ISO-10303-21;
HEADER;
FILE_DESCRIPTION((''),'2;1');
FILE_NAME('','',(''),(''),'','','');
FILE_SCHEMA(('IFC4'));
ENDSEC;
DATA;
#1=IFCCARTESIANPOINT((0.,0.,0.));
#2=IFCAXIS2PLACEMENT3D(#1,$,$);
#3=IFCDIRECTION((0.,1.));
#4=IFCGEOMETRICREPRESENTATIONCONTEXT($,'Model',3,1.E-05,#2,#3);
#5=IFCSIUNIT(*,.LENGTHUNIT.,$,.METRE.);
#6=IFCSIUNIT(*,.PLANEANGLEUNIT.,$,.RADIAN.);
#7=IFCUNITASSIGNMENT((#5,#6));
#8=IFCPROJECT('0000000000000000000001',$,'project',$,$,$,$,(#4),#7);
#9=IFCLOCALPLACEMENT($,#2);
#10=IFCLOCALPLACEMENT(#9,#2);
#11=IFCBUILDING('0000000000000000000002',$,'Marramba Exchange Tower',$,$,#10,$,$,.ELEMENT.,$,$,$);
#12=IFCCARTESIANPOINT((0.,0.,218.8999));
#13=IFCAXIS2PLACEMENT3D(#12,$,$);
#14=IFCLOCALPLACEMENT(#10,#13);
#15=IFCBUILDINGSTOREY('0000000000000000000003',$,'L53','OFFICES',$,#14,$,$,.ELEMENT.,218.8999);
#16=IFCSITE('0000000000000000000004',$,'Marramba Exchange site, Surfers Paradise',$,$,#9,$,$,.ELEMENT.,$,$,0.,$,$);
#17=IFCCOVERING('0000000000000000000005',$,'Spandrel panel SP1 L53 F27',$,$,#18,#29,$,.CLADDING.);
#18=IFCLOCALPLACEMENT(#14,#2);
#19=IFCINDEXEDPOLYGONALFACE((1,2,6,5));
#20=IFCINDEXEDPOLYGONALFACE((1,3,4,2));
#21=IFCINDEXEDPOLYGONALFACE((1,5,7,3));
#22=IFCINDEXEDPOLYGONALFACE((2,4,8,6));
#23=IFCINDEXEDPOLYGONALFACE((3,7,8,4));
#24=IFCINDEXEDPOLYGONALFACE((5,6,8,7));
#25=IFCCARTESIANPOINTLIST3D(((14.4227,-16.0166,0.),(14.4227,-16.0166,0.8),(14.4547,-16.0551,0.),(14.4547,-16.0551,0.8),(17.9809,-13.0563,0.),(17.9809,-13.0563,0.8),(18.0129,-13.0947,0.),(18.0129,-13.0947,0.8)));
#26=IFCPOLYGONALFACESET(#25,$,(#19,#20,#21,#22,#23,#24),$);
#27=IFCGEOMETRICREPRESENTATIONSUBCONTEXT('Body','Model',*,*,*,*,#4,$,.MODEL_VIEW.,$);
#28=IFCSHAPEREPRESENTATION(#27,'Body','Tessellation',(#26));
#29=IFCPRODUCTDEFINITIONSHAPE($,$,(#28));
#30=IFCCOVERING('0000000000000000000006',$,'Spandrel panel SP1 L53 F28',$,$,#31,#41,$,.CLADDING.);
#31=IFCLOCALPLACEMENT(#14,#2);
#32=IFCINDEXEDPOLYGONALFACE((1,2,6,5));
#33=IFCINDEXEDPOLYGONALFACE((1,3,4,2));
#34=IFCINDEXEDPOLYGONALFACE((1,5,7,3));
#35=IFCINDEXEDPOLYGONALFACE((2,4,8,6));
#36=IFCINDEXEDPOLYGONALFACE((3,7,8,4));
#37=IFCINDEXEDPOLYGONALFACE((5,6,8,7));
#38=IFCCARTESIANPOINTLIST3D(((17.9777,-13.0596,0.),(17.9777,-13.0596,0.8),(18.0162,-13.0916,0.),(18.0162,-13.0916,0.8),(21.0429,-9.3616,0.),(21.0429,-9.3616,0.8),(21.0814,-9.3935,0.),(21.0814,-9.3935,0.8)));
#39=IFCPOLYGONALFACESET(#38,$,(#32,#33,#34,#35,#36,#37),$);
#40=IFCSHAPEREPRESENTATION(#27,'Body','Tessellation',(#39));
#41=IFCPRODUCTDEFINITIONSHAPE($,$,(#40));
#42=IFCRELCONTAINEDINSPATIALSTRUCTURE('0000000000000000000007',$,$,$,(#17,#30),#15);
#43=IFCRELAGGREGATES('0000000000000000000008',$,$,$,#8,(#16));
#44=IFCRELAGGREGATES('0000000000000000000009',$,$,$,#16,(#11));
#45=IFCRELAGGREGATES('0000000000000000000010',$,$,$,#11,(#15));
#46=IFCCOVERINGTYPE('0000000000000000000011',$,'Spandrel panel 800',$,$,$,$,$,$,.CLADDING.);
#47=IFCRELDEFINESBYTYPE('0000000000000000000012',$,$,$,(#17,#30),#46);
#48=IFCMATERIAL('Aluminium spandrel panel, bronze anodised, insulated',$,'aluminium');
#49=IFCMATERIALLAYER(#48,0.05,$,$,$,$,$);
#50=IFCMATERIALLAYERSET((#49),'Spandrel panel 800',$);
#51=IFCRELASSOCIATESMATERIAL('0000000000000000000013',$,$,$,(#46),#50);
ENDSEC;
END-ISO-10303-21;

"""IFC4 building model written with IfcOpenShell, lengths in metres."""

from ifc_helpers import new_model, si_unit, direction, frame, origin, origin_2d, place, context, subcontext, project, spatial, rectangle, extrude, material, layer, layer_set, type_object, element, save


model = new_model("IFC4")

# Units and contexts
model_context = context("Model", 3, precision=1e-05, world=origin(), true_north=direction((0.0, 1.0)))
body_context = subcontext(model_context, "Body", "Model", "MODEL_VIEW")
ifc_project = project(units=[si_unit("LENGTHUNIT", "METRE"), si_unit("PLANEANGLEUNIT", "RADIAN")], contexts=[model_context])

# Site, building, storey
site_placement = place(None, origin())
site = spatial("IfcSite", under=ifc_project, at=site_placement, Name="Marramba Exchange site, Surfers Paradise", CompositionType="ELEMENT", RefElevation=0.0)
building_placement = place(site_placement, origin())
building = spatial("IfcBuilding", under=site, at=building_placement, Name="Marramba Exchange Tower", CompositionType="ELEMENT")
storey_placement = place(building_placement, frame((0.0, 0.0, 218.8999)))
storey = spatial("IfcBuildingStorey", under=building, at=storey_placement, Name="L53", Description="OFFICES", CompositionType="ELEMENT", Elevation=218.8999)

# Coverings
ifc_material_1 = material(Name="Aluminium spandrel panel, bronze anodised, insulated", Category="aluminium")
ifc_layer_1 = layer(ifc_material_1, 0.05)
ifc_layer_set_1 = layer_set([ifc_layer_1], Name="Spandrel panel 800")
covering_type = type_object("IfcCoveringType", Name="Spandrel panel 800", PredefinedType="CLADDING", material=ifc_layer_set_1)
covering_1_placement = place(storey_placement, frame((16.2178, -14.5557, 0.0), z_axis=(0.0, 0.0, 1.0), x_axis=(0.768737, 0.639565, 0.0)))
element("IfcCovering", 1, at=covering_1_placement, inside=storey, type_object=covering_type, Name="Spandrel panel SP1 L53 F27", PredefinedType="CLADDING", context=body_context, shape_type="SweptSolid", body=[
    extrude(rectangle(XDim=4.6287, YDim=0.05, at=origin_2d()), origin(), (0.0, 0.0, 1.0), 0.8),
])
covering_2_placement = place(storey_placement, frame((19.5295, -11.2266, 0.0), z_axis=(0.0, 0.0, 1.0), x_axis=(0.63815, 0.769912, 0.0)))
element("IfcCovering", 2, at=covering_2_placement, inside=storey, type_object=covering_type, Name="Spandrel panel SP1 L53 F28", PredefinedType="CLADDING", context=body_context, shape_type="SweptSolid", body=[
    extrude(rectangle(XDim=4.8032, YDim=0.05, at=origin_2d()), origin(), (0.0, 0.0, 1.0), 0.8),
])

save(model, "model.ifc")
